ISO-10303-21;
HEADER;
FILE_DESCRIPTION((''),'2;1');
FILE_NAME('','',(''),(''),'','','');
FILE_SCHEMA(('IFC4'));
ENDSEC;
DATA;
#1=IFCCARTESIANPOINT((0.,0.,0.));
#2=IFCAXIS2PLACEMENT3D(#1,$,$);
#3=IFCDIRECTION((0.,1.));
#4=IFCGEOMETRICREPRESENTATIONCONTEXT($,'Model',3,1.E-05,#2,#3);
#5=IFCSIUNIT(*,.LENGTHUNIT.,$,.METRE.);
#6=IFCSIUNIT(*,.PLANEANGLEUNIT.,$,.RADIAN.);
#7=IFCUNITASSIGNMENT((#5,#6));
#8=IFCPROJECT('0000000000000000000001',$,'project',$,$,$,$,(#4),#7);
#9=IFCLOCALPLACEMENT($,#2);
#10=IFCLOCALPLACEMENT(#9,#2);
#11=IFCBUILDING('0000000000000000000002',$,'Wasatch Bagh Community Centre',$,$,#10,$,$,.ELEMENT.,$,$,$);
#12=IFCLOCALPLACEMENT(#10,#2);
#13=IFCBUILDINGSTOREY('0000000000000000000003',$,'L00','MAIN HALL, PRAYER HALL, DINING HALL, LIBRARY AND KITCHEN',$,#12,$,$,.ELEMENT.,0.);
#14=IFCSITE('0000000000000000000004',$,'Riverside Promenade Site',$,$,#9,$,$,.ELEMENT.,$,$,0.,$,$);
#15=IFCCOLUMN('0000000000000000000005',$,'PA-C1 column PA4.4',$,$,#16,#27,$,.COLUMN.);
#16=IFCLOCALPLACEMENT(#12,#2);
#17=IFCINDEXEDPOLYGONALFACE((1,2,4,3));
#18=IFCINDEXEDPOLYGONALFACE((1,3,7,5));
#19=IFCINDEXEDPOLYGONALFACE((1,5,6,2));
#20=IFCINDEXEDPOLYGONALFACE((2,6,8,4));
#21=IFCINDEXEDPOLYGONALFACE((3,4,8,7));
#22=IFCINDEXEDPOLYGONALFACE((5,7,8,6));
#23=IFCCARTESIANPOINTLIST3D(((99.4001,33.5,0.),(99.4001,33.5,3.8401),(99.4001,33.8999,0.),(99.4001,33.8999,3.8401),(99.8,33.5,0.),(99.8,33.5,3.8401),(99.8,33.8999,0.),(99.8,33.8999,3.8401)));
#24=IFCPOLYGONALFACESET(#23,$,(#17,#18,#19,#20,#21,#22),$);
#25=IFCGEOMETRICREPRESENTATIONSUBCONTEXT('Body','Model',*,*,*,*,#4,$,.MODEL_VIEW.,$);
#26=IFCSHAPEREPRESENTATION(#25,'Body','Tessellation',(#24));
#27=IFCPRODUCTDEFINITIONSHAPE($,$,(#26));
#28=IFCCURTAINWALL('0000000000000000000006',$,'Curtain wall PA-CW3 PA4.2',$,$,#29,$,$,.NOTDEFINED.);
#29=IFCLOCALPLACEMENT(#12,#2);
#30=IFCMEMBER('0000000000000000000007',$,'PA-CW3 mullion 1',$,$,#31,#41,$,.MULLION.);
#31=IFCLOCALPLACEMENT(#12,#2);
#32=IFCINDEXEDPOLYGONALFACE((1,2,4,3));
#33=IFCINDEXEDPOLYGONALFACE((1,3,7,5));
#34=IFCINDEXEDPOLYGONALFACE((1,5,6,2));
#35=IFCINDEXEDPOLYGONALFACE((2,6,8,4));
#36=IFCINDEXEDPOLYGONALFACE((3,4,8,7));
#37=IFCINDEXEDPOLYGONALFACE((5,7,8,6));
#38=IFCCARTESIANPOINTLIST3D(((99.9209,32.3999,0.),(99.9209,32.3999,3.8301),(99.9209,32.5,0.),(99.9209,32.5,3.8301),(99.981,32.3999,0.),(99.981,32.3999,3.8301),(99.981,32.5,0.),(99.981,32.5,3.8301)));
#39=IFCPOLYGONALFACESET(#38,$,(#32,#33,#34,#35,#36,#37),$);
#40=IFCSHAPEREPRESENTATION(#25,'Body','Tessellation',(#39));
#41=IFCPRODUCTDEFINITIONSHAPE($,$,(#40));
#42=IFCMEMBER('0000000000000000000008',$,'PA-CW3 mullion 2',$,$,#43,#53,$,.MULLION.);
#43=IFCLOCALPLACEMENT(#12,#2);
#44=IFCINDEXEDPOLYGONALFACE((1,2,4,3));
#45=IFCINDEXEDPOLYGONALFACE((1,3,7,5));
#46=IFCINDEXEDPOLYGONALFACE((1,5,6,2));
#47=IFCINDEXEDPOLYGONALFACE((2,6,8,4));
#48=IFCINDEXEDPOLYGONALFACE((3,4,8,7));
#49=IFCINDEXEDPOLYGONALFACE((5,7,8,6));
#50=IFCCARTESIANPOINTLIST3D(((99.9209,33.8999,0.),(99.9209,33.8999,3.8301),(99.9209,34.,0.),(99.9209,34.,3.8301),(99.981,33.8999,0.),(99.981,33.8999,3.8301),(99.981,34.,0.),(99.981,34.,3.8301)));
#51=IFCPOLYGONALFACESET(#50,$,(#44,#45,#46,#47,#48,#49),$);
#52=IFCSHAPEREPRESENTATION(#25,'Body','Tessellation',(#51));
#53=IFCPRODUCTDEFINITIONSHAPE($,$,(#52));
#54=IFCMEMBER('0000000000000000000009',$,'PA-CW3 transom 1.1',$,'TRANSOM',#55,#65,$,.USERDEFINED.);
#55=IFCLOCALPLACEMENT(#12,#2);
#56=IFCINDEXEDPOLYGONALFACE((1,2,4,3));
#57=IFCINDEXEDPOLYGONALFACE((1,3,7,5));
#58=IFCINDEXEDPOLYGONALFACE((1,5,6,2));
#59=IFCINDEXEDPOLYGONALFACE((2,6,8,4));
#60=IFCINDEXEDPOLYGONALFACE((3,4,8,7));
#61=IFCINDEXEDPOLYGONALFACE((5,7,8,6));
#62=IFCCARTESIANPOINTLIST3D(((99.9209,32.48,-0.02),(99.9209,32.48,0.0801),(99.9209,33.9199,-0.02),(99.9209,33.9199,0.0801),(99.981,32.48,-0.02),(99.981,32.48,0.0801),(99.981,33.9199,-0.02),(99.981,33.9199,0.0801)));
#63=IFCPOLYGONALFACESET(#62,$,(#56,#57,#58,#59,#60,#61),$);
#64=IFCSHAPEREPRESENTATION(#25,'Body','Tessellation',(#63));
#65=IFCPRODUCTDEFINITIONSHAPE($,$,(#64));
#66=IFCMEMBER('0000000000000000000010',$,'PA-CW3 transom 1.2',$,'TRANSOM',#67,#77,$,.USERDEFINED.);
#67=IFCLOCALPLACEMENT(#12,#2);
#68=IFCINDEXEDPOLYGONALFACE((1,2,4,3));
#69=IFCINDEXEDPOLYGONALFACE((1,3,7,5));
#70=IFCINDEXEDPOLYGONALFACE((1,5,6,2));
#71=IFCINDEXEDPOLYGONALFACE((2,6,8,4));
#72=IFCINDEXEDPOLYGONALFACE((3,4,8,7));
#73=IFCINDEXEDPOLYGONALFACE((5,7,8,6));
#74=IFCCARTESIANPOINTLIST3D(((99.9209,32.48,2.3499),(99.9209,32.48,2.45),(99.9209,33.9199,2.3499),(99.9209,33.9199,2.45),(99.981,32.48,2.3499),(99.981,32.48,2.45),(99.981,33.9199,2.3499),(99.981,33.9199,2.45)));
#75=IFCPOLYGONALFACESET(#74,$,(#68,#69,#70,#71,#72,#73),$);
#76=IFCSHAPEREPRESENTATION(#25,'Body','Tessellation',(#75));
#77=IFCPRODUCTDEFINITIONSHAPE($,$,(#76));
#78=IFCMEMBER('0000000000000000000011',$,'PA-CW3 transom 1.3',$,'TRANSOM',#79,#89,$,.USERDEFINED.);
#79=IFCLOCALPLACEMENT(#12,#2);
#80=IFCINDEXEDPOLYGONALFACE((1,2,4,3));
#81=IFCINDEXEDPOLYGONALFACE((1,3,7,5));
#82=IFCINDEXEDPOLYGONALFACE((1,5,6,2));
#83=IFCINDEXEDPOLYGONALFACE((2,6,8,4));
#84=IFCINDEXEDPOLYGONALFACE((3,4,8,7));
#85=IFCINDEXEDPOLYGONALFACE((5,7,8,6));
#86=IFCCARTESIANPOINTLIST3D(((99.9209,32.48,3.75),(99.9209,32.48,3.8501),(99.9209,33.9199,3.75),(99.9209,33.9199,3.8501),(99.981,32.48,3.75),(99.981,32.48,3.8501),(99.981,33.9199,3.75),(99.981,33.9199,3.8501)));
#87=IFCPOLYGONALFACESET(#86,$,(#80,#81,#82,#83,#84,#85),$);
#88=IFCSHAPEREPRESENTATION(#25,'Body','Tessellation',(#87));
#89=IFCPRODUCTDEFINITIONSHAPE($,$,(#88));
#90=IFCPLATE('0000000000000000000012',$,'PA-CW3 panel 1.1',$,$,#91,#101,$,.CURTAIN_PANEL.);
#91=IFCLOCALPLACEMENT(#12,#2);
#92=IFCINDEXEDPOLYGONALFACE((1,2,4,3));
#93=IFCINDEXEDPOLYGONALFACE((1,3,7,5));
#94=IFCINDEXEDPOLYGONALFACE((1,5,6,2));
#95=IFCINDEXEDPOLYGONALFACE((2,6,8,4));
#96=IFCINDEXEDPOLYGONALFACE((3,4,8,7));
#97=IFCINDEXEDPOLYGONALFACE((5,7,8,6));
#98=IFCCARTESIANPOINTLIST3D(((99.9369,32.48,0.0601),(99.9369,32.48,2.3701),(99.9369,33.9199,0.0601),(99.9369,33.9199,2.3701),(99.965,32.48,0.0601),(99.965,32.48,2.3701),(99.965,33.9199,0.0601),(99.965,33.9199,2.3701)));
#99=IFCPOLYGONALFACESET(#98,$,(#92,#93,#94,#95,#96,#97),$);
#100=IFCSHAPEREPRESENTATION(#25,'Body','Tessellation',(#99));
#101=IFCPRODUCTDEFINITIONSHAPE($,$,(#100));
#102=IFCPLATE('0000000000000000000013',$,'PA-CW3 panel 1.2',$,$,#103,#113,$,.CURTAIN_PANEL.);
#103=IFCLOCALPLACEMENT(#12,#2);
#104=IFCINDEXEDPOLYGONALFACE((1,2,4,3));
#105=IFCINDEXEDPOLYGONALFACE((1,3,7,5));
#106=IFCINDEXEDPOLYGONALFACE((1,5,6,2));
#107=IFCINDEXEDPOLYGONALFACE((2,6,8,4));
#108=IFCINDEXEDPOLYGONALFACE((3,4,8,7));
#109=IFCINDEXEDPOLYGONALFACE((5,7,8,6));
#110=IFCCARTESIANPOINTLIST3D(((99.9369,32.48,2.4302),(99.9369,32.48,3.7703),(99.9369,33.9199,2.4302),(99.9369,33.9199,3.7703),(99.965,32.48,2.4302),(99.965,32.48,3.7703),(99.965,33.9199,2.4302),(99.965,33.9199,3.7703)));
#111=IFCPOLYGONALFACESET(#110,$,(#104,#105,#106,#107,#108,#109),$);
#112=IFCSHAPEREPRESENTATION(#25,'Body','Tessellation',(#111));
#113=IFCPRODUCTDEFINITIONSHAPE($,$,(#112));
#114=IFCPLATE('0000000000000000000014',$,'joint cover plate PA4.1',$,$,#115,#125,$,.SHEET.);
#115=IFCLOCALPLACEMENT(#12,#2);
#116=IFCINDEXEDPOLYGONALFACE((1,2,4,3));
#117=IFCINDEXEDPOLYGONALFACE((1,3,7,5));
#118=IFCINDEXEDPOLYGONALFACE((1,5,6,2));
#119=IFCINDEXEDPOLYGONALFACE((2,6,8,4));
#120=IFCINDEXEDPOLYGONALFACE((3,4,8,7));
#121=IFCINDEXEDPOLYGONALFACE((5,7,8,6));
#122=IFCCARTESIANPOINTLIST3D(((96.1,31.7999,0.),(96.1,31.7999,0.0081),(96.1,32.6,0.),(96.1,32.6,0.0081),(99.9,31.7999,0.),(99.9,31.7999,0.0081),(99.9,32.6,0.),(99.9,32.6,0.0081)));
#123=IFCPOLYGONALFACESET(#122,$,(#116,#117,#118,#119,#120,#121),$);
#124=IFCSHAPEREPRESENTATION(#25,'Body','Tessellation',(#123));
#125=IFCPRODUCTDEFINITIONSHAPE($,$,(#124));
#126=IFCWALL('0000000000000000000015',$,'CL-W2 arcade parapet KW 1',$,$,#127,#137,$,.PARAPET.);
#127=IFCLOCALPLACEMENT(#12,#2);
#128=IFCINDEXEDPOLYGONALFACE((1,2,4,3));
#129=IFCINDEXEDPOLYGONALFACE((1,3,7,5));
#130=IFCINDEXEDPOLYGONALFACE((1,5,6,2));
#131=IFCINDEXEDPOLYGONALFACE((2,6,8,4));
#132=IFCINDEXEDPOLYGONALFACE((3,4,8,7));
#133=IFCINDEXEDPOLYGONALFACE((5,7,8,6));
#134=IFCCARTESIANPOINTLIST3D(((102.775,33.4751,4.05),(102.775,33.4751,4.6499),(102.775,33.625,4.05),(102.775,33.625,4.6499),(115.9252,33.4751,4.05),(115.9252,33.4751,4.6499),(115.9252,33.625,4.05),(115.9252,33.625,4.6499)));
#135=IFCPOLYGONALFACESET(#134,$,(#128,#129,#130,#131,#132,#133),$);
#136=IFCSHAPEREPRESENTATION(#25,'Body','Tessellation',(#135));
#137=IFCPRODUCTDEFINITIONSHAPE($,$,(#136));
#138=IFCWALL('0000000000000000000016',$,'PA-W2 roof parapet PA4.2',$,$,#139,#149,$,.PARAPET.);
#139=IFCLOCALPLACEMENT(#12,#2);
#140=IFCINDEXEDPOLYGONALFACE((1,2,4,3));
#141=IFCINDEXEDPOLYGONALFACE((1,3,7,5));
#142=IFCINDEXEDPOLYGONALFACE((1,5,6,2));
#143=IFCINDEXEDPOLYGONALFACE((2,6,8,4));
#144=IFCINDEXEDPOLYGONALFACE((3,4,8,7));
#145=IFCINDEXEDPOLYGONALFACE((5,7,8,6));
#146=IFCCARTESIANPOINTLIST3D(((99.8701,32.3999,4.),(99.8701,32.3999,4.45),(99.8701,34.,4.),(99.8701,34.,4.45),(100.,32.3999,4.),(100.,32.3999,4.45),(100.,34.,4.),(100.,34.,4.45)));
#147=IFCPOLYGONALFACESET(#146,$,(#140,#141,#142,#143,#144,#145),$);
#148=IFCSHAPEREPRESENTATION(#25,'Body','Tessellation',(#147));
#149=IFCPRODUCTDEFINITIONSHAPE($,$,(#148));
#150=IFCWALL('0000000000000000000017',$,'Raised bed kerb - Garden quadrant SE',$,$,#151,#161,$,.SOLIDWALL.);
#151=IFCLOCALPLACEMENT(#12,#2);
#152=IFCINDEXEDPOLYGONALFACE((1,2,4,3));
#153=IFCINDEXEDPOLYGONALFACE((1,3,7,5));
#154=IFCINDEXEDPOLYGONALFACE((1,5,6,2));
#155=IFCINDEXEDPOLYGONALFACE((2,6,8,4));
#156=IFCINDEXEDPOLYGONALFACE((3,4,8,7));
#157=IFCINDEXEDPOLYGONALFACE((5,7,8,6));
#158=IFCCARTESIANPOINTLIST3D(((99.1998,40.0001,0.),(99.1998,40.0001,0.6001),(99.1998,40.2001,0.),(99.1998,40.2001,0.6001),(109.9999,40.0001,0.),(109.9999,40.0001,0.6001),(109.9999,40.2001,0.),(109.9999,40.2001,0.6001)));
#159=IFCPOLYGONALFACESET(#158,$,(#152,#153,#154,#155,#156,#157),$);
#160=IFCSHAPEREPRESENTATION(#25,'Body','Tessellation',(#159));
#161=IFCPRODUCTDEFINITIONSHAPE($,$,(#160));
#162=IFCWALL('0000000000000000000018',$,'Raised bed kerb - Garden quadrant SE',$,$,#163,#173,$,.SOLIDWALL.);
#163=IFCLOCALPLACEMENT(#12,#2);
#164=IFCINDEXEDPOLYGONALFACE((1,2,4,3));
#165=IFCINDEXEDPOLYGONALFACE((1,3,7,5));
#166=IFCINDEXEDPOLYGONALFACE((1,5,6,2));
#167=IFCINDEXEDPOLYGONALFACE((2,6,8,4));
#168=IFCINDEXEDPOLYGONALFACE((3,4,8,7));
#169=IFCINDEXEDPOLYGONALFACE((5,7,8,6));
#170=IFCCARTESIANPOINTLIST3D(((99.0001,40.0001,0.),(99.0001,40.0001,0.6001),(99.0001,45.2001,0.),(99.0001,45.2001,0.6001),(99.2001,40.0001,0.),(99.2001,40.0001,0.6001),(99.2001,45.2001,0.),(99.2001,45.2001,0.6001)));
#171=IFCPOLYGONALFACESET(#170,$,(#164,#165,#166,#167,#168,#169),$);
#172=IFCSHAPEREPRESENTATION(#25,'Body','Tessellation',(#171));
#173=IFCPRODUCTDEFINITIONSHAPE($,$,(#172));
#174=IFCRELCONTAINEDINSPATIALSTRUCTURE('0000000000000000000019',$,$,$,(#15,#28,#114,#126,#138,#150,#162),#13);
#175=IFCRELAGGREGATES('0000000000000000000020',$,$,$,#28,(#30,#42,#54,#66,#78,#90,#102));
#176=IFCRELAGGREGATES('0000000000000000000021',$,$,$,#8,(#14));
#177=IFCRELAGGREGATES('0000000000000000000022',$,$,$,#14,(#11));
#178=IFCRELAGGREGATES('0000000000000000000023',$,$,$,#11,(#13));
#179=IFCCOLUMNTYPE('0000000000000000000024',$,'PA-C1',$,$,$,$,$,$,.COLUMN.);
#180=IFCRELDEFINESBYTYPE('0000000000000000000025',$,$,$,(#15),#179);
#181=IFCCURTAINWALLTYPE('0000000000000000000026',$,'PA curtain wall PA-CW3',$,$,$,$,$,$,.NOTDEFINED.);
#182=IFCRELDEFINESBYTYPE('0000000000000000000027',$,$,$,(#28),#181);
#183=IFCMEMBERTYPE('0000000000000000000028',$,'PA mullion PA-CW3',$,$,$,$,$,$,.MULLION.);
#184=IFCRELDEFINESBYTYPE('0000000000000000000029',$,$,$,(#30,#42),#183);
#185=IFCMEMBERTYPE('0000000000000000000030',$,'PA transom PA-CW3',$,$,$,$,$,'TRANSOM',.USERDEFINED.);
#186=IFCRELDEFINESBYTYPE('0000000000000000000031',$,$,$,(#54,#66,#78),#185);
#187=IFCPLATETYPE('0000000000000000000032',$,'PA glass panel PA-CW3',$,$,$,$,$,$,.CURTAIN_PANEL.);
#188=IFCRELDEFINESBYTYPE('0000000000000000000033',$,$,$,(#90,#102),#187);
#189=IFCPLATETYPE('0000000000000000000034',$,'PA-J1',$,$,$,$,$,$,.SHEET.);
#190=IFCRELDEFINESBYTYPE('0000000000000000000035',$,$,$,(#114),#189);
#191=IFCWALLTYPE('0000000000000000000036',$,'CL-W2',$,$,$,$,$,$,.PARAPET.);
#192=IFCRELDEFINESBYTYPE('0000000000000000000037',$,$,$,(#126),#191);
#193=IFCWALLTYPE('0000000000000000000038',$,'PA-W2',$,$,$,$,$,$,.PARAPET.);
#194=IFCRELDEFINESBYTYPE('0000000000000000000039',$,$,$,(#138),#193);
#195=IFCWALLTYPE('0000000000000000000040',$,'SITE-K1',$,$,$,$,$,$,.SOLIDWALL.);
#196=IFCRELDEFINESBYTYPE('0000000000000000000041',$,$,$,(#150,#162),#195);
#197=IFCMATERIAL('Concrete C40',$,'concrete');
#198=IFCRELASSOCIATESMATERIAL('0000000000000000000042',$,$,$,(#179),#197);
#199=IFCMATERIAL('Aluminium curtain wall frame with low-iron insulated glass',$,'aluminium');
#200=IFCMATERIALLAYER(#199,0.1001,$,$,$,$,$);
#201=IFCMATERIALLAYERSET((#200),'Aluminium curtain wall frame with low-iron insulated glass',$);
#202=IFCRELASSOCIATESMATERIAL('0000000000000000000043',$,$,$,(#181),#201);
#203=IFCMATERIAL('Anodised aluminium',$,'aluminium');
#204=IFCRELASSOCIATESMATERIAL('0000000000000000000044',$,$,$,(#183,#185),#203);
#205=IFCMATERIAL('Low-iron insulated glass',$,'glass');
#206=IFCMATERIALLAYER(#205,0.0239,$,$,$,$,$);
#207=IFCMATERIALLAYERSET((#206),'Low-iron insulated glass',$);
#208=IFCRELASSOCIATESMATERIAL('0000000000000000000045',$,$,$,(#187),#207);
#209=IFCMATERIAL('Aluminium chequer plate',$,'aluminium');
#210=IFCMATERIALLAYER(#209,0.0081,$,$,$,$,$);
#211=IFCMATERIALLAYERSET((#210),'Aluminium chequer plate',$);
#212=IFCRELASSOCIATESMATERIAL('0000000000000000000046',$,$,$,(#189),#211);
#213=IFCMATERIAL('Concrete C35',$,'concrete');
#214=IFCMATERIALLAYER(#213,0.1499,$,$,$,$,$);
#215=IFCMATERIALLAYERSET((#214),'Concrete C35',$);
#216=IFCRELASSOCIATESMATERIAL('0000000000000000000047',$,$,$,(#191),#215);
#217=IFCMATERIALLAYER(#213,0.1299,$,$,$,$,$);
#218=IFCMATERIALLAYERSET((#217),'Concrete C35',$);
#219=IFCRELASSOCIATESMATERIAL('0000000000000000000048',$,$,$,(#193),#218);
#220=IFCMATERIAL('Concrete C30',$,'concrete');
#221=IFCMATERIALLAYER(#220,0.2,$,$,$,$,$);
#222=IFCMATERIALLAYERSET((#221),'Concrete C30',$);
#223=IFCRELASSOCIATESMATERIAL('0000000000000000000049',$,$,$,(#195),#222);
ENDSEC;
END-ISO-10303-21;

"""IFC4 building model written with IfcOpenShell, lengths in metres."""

from ifc_helpers import new_model, si_unit, direction, frame, frame_2d, origin, origin_2d, place, context, subcontext, project, spatial, rectangle, extrude, material, layer, layer_set, material_profile, profile_set, type_object, element, aggregate, save


model = new_model("IFC4")

# Units and contexts
model_context = context("Model", 3, precision=1e-05, world=origin(), true_north=direction((0.0, 1.0)))
body_context = subcontext(model_context, "Body", "Model", "MODEL_VIEW")
ifc_project = project(units=[si_unit("LENGTHUNIT", "METRE"), si_unit("PLANEANGLEUNIT", "RADIAN")], contexts=[model_context])

# Site, building, storey
site_placement = place(None, origin())
site = spatial("IfcSite", under=ifc_project, at=site_placement, Name="Riverside Promenade Site", CompositionType="ELEMENT", RefElevation=0.0)
building_placement = place(site_placement, origin())
building = spatial("IfcBuilding", under=site, at=building_placement, Name="Wasatch Bagh Community Centre", CompositionType="ELEMENT")
storey_placement = place(building_placement, origin())
storey = spatial("IfcBuildingStorey", under=building, at=storey_placement, Name="L00", Description="MAIN HALL, PRAYER HALL, DINING HALL, LIBRARY AND KITCHEN", CompositionType="ELEMENT", Elevation=0.0)

# Shared definitions
ifc_material_1 = material(Name="Concrete C35", Category="concrete")

# Shared definitions
ifc_material_2 = material(Name="Concrete C30", Category="concrete")

# Column
ifc_material_3 = material(Name="Concrete C40", Category="concrete")
ifc_material_profile_1 = material_profile(ifc_material_3, rectangle(XDim=0.3999, YDim=0.3999, at=origin_2d()), Name="RC 400x400")
ifc_profile_set_1 = profile_set([ifc_material_profile_1], Name="Concrete C40")
column_type_1 = type_object("IfcColumnType", Name="PA-C1", PredefinedType="COLUMN", material=ifc_profile_set_1)
for number, where, z_axis, x_axis, name in (
    (1, (99.6001, 33.7, 0.0), (0.0, 0.0, 1.0), (1.0, 0.0, 0.0), "PA-C1 column PA4.4"),
):
    element("IfcColumn", number, at=place(storey_placement, frame(where, z_axis=z_axis, x_axis=x_axis)), inside=storey, type_object=column_type_1, Name=name, PredefinedType="COLUMN", context=body_context, shape_type="SweptSolid", body=[
        extrude(rectangle(XDim=0.3999, YDim=0.3999, at=origin_2d()), origin(), (0.0, 0.0, 1.0), 3.8401),
    ])

# Curtain wall, members, plates
ifc_material_4 = material(Name="Aluminium curtain wall frame with low-iron insulated glass", Category="aluminium")
ifc_layer_1 = layer(ifc_material_4, 0.1001)
ifc_layer_set_1 = layer_set([ifc_layer_1], Name="Aluminium curtain wall frame with low-iron insulated glass")
curtain_wall_type = type_object("IfcCurtainWallType", Name="PA curtain wall PA-CW3", PredefinedType="NOTDEFINED", material=ifc_layer_set_1)
curtain_wall_placement = place(storey_placement, origin())
curtain_wall = element("IfcCurtainWall", 2, at=curtain_wall_placement, inside=storey, type_object=curtain_wall_type, Name="Curtain wall PA-CW3 PA4.2", PredefinedType="NOTDEFINED")
ifc_material_5 = material(Name="Anodised aluminium", Category="aluminium")
ifc_material_profile_2 = material_profile(ifc_material_5, rectangle(XDim=0.0601, YDim=0.1001, at=origin_2d()), Name="PA mullion PA-CW3")
ifc_profile_set_2 = profile_set([ifc_material_profile_2], Name="Anodised aluminium")
member_type_1 = type_object("IfcMemberType", Name="PA mullion PA-CW3", PredefinedType="MULLION", material=ifc_profile_set_2)
member_1_placement = place(storey_placement, frame((99.9509, 32.45, 0.0), z_axis=(0.0, 0.0, 1.0), x_axis=(-1.0, 0.0, 0.0)))
member_1 = element("IfcMember", 3, at=member_1_placement, type_object=member_type_1, Name="PA-CW3 mullion 1", PredefinedType="MULLION", context=body_context, shape_type="SweptSolid", body=[
    extrude(rectangle(XDim=0.0601, YDim=0.1001, at=origin_2d()), origin(), (0.0, 0.0, 1.0), 3.8301),
])
member_2_placement = place(storey_placement, frame((99.9509, 33.95, 0.0), z_axis=(0.0, 0.0, 1.0), x_axis=(-1.0, 0.0, 0.0)))
member_2 = element("IfcMember", 4, at=member_2_placement, type_object=member_type_1, Name="PA-CW3 mullion 2", PredefinedType="MULLION", context=body_context, shape_type="SweptSolid", body=[
    extrude(rectangle(XDim=0.0601, YDim=0.1001, at=origin_2d()), origin(), (0.0, 0.0, 1.0), 3.8301),
])
ifc_material_profile_3 = material_profile(ifc_material_5, rectangle(XDim=0.0601, YDim=0.1001, at=origin_2d()), Name="PA transom PA-CW3")
ifc_profile_set_3 = profile_set([ifc_material_profile_3], Name="Anodised aluminium")
member_type_2 = type_object("IfcMemberType", Name="PA transom PA-CW3", ElementType="TRANSOM", PredefinedType="USERDEFINED", material=ifc_profile_set_3)
member_3_placement = place(storey_placement, frame((99.9509, 32.48, 0.03), z_axis=(0.0, 1.0, 0.0), x_axis=(-1.0, 0.0, 0.0)))
member_3 = element("IfcMember", 5, at=member_3_placement, type_object=member_type_2, Name="PA-CW3 transom 1.1", ObjectType="TRANSOM", PredefinedType="USERDEFINED", context=body_context, shape_type="SweptSolid", body=[
    extrude(rectangle(XDim=0.0601, YDim=0.1001, at=origin_2d()), origin(), (0.0, 0.0, 1.0), 1.4399),
])
member_4_placement = place(storey_placement, frame((99.9509, 32.48, 2.3999), z_axis=(0.0, 1.0, 0.0), x_axis=(-1.0, 0.0, 0.0)))
member_4 = element("IfcMember", 6, at=member_4_placement, type_object=member_type_2, Name="PA-CW3 transom 1.2", ObjectType="TRANSOM", PredefinedType="USERDEFINED", context=body_context, shape_type="SweptSolid", body=[
    extrude(rectangle(XDim=0.0601, YDim=0.1001, at=origin_2d()), origin(), (0.0, 0.0, 1.0), 1.4399),
])
member_5_placement = place(storey_placement, frame((99.9509, 32.48, 3.8), z_axis=(0.0, 1.0, 0.0), x_axis=(-1.0, 0.0, 0.0)))
member_5 = element("IfcMember", 7, at=member_5_placement, type_object=member_type_2, Name="PA-CW3 transom 1.3", ObjectType="TRANSOM", PredefinedType="USERDEFINED", context=body_context, shape_type="SweptSolid", body=[
    extrude(rectangle(XDim=0.0601, YDim=0.1001, at=origin_2d()), origin(), (0.0, 0.0, 1.0), 1.4399),
])
ifc_material_6 = material(Name="Low-iron insulated glass", Category="glass")
ifc_layer_2 = layer(ifc_material_6, 0.0239)
ifc_layer_set_2 = layer_set([ifc_layer_2], Name="Low-iron insulated glass")
plate_type_1 = type_object("IfcPlateType", Name="PA glass panel PA-CW3", PredefinedType="CURTAIN_PANEL", material=ifc_layer_set_2)
plate_1_placement = place(storey_placement, frame((99.9509, 33.2, 0.0601), z_axis=(0.0, 0.0, 1.0), x_axis=(0.0, 1.0, 0.0)))
plate_1 = element("IfcPlate", 8, at=plate_1_placement, type_object=plate_type_1, Name="PA-CW3 panel 1.1", PredefinedType="CURTAIN_PANEL", context=body_context, shape_type="SweptSolid", body=[
    extrude(rectangle(XDim=1.4399, YDim=0.0281, at=origin_2d()), origin(), (0.0, 0.0, 1.0), 2.3101),
])
plate_2_placement = place(storey_placement, frame((99.9509, 33.2, 2.4302), z_axis=(0.0, 0.0, 1.0), x_axis=(0.0, 1.0, 0.0)))
plate_2 = element("IfcPlate", 9, at=plate_2_placement, type_object=plate_type_1, Name="PA-CW3 panel 1.2", PredefinedType="CURTAIN_PANEL", context=body_context, shape_type="SweptSolid", body=[
    extrude(rectangle(XDim=1.4399, YDim=0.0281, at=origin_2d()), origin(), (0.0, 0.0, 1.0), 1.3401),
])
aggregate(curtain_wall, [member_1, member_2, member_3, member_4, member_5, plate_1, plate_2])

# Plate
ifc_material_7 = material(Name="Aluminium chequer plate", Category="aluminium")
ifc_layer_3 = layer(ifc_material_7, 0.0081)
ifc_layer_set_3 = layer_set([ifc_layer_3], Name="Aluminium chequer plate")
plate_type_2 = type_object("IfcPlateType", Name="PA-J1", PredefinedType="SHEET", material=ifc_layer_set_3)
plate_3_placement = place(storey_placement, frame((98.0, 32.2, 0.0), z_axis=(0.0, 0.0, 1.0), x_axis=(1.0, 0.0, 0.0)))
element("IfcPlate", 10, at=plate_3_placement, inside=storey, type_object=plate_type_2, Name="joint cover plate PA4.1", PredefinedType="SHEET", context=body_context, shape_type="SweptSolid", body=[
    extrude(rectangle(XDim=3.8, YDim=0.8, at=origin_2d()), origin(), (0.0, 0.0, 1.0), 0.0081),
])

# Wall
ifc_layer_4 = layer(ifc_material_1, 0.1499)
ifc_layer_set_4 = layer_set([ifc_layer_4], Name="Concrete C35")
wall_type_1 = type_object("IfcWallType", Name="CL-W2", PredefinedType="PARAPET", material=ifc_layer_set_4)
wall_1_placement = place(storey_placement, frame((102.7749, 33.55, 4.05), z_axis=(0.0, 0.0, 1.0), x_axis=(1.0, 0.0, 0.0)))
element("IfcWall", 11, at=wall_1_placement, inside=storey, type_object=wall_type_1, Name="CL-W2 arcade parapet KW 1", PredefinedType="PARAPET", context=body_context, shape_type="SweptSolid", body=[
    extrude(rectangle(XDim=13.1501, YDim=0.1499, at=frame_2d((6.5752, 0.0))), origin(), (0.0, 0.0, 1.0), 0.5999),
])

# Walls
ifc_layer_5 = layer(ifc_material_1, 0.1299)
ifc_layer_set_5 = layer_set([ifc_layer_5], Name="Concrete C35")
wall_type_2 = type_object("IfcWallType", Name="PA-W2", PredefinedType="PARAPET", material=ifc_layer_set_5)
wall_2_placement = place(storey_placement, frame((99.9351, 32.3999, 4.0), z_axis=(0.0, 0.0, 1.0), x_axis=(0.0, 1.0, 0.0)))
element("IfcWall", 12, at=wall_2_placement, inside=storey, type_object=wall_type_2, Name="PA-W2 roof parapet PA4.2", PredefinedType="PARAPET", context=body_context, shape_type="SweptSolid", body=[
    extrude(rectangle(XDim=1.6001, YDim=0.1299, at=frame_2d((0.8, 0.0))), origin(), (0.0, 0.0, 1.0), 0.45),
])
ifc_layer_6 = layer(ifc_material_2, 0.2)
ifc_layer_set_6 = layer_set([ifc_layer_6], Name="Concrete C30")
wall_type_3 = type_object("IfcWallType", Name="SITE-K1", PredefinedType="SOLIDWALL", material=ifc_layer_set_6)
wall_3_placement = place(storey_placement, frame((99.2, 40.1001, 0.0), z_axis=(0.0, 0.0, 1.0), x_axis=(1.0, 0.0, 0.0)))
element("IfcWall", 13, at=wall_3_placement, inside=storey, type_object=wall_type_3, Name="Raised bed kerb - Garden quadrant SE", PredefinedType="SOLIDWALL", context=body_context, shape_type="SweptSolid", body=[
    extrude(rectangle(XDim=10.8, YDim=0.2, at=frame_2d((5.3999, 0.0))), origin(), (0.0, 0.0, 1.0), 0.6001),
])
wall_4_placement = place(storey_placement, frame((99.1001, 40.0, 0.0), z_axis=(0.0, 0.0, 1.0), x_axis=(0.0, 1.0, 0.0)))
element("IfcWall", 14, at=wall_4_placement, inside=storey, type_object=wall_type_3, Name="Raised bed kerb - Garden quadrant SE", PredefinedType="SOLIDWALL", context=body_context, shape_type="SweptSolid", body=[
    extrude(rectangle(XDim=5.2, YDim=0.2, at=frame_2d((2.6001, 0.0))), origin(), (0.0, 0.0, 1.0), 0.6001),
])

save(model, "model.ifc")
